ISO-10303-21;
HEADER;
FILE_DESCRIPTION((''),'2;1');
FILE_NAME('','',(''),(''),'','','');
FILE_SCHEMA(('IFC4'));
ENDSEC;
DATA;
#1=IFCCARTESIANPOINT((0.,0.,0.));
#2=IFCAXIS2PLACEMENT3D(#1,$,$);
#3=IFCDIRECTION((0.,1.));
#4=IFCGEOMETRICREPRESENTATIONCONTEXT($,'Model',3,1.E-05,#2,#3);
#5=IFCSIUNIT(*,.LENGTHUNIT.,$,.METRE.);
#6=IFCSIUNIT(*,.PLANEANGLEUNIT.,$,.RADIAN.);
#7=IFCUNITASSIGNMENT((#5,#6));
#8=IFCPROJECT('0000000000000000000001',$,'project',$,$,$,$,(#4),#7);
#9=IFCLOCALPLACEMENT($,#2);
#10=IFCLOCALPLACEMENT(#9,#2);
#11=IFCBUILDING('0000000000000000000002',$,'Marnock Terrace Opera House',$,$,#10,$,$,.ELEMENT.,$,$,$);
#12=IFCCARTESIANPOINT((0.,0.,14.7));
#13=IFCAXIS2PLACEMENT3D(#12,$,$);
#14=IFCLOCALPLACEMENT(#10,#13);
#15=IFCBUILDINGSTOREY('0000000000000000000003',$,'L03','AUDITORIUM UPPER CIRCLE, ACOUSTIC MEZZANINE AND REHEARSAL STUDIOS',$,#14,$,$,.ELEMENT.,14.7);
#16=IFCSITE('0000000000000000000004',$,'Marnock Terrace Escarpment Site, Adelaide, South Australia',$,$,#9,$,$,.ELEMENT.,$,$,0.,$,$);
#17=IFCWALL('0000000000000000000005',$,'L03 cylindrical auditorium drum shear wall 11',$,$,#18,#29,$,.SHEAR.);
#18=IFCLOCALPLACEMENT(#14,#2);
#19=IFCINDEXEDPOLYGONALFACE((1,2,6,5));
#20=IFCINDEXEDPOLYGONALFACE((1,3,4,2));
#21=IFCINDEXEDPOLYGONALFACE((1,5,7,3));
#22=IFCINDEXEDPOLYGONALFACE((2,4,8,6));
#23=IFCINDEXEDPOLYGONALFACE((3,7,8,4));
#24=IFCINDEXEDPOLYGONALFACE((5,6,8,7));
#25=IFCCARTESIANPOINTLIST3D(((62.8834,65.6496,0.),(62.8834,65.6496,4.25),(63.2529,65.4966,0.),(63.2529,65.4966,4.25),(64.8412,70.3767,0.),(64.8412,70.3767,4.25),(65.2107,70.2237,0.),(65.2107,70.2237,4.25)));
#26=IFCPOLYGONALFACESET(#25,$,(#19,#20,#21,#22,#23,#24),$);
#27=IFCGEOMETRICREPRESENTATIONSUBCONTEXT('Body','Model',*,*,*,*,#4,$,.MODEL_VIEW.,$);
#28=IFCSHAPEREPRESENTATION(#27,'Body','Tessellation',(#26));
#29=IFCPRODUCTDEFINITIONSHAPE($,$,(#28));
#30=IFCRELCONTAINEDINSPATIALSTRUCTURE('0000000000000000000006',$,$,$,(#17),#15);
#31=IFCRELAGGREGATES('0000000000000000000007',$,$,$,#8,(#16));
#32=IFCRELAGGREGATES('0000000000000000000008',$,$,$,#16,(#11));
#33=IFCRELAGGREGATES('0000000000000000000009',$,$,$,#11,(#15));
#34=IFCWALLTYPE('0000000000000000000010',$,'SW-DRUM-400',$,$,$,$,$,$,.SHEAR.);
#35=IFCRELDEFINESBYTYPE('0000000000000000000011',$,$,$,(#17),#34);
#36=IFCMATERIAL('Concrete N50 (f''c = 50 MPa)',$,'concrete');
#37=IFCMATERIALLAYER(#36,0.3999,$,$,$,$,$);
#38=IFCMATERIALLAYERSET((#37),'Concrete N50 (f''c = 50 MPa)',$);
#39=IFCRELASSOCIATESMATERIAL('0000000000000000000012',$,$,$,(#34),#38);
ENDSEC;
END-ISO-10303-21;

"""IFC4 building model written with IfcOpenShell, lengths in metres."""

from ifc_helpers import new_model, si_unit, direction, frame, frame_2d, origin, place, context, subcontext, project, spatial, rectangle, extrude, material, layer, layer_set, type_object, element, save


model = new_model("IFC4")

# Units and contexts
model_context = context("Model", 3, precision=1e-05, world=origin(), true_north=direction((0.0, 1.0)))
body_context = subcontext(model_context, "Body", "Model", "MODEL_VIEW")
ifc_project = project(units=[si_unit("LENGTHUNIT", "METRE"), si_unit("PLANEANGLEUNIT", "RADIAN")], contexts=[model_context])

# Site, building, storey
site_placement = place(None, origin())
site = spatial("IfcSite", under=ifc_project, at=site_placement, Name="Marnock Terrace Escarpment Site, Adelaide, South Australia", CompositionType="ELEMENT", RefElevation=0.0)
building_placement = place(site_placement, origin())
building = spatial("IfcBuilding", under=site, at=building_placement, Name="Marnock Terrace Opera House", CompositionType="ELEMENT")
storey_placement = place(building_placement, frame((0.0, 0.0, 14.7)))
storey = spatial("IfcBuildingStorey", under=building, at=storey_placement, Name="L03", Description="AUDITORIUM UPPER CIRCLE, ACOUSTIC MEZZANINE AND REHEARSAL STUDIOS", CompositionType="ELEMENT", Elevation=14.7)

# Shared definitions
ifc_material_1 = material(Name="Concrete N50 (f'c = 50 MPa)", Category="concrete")

# Wall
ifc_layer_1 = layer(ifc_material_1, 0.3999)
ifc_layer_set_1 = layer_set([ifc_layer_1], Name="Concrete N50 (f'c = 50 MPa)")
wall_type = type_object("IfcWallType", Name="SW-DRUM-400", PredefinedType="SHEAR", material=ifc_layer_set_1)
for number, where, z_axis, x_axis, name in (
    (1, (65.0259, 70.3, 0.0), (0.0, 0.0, 1.0), (-0.382643, -0.923896, 0.0), "L03 cylindrical auditorium drum shear wall 11"),
):
    element("IfcWall", number, at=place(storey_placement, frame(where, z_axis=z_axis, x_axis=x_axis)), inside=storey, type_object=wall_type, Name=name, PredefinedType="SHEAR", context=body_context, shape_type="SweptSolid", body=[
        extrude(rectangle(XDim=5.1165, YDim=0.3999, at=frame_2d((2.5581, 0.0))), origin(), (0.0, 0.0, 1.0), 4.25),
    ])

save(model, "model.ifc")
